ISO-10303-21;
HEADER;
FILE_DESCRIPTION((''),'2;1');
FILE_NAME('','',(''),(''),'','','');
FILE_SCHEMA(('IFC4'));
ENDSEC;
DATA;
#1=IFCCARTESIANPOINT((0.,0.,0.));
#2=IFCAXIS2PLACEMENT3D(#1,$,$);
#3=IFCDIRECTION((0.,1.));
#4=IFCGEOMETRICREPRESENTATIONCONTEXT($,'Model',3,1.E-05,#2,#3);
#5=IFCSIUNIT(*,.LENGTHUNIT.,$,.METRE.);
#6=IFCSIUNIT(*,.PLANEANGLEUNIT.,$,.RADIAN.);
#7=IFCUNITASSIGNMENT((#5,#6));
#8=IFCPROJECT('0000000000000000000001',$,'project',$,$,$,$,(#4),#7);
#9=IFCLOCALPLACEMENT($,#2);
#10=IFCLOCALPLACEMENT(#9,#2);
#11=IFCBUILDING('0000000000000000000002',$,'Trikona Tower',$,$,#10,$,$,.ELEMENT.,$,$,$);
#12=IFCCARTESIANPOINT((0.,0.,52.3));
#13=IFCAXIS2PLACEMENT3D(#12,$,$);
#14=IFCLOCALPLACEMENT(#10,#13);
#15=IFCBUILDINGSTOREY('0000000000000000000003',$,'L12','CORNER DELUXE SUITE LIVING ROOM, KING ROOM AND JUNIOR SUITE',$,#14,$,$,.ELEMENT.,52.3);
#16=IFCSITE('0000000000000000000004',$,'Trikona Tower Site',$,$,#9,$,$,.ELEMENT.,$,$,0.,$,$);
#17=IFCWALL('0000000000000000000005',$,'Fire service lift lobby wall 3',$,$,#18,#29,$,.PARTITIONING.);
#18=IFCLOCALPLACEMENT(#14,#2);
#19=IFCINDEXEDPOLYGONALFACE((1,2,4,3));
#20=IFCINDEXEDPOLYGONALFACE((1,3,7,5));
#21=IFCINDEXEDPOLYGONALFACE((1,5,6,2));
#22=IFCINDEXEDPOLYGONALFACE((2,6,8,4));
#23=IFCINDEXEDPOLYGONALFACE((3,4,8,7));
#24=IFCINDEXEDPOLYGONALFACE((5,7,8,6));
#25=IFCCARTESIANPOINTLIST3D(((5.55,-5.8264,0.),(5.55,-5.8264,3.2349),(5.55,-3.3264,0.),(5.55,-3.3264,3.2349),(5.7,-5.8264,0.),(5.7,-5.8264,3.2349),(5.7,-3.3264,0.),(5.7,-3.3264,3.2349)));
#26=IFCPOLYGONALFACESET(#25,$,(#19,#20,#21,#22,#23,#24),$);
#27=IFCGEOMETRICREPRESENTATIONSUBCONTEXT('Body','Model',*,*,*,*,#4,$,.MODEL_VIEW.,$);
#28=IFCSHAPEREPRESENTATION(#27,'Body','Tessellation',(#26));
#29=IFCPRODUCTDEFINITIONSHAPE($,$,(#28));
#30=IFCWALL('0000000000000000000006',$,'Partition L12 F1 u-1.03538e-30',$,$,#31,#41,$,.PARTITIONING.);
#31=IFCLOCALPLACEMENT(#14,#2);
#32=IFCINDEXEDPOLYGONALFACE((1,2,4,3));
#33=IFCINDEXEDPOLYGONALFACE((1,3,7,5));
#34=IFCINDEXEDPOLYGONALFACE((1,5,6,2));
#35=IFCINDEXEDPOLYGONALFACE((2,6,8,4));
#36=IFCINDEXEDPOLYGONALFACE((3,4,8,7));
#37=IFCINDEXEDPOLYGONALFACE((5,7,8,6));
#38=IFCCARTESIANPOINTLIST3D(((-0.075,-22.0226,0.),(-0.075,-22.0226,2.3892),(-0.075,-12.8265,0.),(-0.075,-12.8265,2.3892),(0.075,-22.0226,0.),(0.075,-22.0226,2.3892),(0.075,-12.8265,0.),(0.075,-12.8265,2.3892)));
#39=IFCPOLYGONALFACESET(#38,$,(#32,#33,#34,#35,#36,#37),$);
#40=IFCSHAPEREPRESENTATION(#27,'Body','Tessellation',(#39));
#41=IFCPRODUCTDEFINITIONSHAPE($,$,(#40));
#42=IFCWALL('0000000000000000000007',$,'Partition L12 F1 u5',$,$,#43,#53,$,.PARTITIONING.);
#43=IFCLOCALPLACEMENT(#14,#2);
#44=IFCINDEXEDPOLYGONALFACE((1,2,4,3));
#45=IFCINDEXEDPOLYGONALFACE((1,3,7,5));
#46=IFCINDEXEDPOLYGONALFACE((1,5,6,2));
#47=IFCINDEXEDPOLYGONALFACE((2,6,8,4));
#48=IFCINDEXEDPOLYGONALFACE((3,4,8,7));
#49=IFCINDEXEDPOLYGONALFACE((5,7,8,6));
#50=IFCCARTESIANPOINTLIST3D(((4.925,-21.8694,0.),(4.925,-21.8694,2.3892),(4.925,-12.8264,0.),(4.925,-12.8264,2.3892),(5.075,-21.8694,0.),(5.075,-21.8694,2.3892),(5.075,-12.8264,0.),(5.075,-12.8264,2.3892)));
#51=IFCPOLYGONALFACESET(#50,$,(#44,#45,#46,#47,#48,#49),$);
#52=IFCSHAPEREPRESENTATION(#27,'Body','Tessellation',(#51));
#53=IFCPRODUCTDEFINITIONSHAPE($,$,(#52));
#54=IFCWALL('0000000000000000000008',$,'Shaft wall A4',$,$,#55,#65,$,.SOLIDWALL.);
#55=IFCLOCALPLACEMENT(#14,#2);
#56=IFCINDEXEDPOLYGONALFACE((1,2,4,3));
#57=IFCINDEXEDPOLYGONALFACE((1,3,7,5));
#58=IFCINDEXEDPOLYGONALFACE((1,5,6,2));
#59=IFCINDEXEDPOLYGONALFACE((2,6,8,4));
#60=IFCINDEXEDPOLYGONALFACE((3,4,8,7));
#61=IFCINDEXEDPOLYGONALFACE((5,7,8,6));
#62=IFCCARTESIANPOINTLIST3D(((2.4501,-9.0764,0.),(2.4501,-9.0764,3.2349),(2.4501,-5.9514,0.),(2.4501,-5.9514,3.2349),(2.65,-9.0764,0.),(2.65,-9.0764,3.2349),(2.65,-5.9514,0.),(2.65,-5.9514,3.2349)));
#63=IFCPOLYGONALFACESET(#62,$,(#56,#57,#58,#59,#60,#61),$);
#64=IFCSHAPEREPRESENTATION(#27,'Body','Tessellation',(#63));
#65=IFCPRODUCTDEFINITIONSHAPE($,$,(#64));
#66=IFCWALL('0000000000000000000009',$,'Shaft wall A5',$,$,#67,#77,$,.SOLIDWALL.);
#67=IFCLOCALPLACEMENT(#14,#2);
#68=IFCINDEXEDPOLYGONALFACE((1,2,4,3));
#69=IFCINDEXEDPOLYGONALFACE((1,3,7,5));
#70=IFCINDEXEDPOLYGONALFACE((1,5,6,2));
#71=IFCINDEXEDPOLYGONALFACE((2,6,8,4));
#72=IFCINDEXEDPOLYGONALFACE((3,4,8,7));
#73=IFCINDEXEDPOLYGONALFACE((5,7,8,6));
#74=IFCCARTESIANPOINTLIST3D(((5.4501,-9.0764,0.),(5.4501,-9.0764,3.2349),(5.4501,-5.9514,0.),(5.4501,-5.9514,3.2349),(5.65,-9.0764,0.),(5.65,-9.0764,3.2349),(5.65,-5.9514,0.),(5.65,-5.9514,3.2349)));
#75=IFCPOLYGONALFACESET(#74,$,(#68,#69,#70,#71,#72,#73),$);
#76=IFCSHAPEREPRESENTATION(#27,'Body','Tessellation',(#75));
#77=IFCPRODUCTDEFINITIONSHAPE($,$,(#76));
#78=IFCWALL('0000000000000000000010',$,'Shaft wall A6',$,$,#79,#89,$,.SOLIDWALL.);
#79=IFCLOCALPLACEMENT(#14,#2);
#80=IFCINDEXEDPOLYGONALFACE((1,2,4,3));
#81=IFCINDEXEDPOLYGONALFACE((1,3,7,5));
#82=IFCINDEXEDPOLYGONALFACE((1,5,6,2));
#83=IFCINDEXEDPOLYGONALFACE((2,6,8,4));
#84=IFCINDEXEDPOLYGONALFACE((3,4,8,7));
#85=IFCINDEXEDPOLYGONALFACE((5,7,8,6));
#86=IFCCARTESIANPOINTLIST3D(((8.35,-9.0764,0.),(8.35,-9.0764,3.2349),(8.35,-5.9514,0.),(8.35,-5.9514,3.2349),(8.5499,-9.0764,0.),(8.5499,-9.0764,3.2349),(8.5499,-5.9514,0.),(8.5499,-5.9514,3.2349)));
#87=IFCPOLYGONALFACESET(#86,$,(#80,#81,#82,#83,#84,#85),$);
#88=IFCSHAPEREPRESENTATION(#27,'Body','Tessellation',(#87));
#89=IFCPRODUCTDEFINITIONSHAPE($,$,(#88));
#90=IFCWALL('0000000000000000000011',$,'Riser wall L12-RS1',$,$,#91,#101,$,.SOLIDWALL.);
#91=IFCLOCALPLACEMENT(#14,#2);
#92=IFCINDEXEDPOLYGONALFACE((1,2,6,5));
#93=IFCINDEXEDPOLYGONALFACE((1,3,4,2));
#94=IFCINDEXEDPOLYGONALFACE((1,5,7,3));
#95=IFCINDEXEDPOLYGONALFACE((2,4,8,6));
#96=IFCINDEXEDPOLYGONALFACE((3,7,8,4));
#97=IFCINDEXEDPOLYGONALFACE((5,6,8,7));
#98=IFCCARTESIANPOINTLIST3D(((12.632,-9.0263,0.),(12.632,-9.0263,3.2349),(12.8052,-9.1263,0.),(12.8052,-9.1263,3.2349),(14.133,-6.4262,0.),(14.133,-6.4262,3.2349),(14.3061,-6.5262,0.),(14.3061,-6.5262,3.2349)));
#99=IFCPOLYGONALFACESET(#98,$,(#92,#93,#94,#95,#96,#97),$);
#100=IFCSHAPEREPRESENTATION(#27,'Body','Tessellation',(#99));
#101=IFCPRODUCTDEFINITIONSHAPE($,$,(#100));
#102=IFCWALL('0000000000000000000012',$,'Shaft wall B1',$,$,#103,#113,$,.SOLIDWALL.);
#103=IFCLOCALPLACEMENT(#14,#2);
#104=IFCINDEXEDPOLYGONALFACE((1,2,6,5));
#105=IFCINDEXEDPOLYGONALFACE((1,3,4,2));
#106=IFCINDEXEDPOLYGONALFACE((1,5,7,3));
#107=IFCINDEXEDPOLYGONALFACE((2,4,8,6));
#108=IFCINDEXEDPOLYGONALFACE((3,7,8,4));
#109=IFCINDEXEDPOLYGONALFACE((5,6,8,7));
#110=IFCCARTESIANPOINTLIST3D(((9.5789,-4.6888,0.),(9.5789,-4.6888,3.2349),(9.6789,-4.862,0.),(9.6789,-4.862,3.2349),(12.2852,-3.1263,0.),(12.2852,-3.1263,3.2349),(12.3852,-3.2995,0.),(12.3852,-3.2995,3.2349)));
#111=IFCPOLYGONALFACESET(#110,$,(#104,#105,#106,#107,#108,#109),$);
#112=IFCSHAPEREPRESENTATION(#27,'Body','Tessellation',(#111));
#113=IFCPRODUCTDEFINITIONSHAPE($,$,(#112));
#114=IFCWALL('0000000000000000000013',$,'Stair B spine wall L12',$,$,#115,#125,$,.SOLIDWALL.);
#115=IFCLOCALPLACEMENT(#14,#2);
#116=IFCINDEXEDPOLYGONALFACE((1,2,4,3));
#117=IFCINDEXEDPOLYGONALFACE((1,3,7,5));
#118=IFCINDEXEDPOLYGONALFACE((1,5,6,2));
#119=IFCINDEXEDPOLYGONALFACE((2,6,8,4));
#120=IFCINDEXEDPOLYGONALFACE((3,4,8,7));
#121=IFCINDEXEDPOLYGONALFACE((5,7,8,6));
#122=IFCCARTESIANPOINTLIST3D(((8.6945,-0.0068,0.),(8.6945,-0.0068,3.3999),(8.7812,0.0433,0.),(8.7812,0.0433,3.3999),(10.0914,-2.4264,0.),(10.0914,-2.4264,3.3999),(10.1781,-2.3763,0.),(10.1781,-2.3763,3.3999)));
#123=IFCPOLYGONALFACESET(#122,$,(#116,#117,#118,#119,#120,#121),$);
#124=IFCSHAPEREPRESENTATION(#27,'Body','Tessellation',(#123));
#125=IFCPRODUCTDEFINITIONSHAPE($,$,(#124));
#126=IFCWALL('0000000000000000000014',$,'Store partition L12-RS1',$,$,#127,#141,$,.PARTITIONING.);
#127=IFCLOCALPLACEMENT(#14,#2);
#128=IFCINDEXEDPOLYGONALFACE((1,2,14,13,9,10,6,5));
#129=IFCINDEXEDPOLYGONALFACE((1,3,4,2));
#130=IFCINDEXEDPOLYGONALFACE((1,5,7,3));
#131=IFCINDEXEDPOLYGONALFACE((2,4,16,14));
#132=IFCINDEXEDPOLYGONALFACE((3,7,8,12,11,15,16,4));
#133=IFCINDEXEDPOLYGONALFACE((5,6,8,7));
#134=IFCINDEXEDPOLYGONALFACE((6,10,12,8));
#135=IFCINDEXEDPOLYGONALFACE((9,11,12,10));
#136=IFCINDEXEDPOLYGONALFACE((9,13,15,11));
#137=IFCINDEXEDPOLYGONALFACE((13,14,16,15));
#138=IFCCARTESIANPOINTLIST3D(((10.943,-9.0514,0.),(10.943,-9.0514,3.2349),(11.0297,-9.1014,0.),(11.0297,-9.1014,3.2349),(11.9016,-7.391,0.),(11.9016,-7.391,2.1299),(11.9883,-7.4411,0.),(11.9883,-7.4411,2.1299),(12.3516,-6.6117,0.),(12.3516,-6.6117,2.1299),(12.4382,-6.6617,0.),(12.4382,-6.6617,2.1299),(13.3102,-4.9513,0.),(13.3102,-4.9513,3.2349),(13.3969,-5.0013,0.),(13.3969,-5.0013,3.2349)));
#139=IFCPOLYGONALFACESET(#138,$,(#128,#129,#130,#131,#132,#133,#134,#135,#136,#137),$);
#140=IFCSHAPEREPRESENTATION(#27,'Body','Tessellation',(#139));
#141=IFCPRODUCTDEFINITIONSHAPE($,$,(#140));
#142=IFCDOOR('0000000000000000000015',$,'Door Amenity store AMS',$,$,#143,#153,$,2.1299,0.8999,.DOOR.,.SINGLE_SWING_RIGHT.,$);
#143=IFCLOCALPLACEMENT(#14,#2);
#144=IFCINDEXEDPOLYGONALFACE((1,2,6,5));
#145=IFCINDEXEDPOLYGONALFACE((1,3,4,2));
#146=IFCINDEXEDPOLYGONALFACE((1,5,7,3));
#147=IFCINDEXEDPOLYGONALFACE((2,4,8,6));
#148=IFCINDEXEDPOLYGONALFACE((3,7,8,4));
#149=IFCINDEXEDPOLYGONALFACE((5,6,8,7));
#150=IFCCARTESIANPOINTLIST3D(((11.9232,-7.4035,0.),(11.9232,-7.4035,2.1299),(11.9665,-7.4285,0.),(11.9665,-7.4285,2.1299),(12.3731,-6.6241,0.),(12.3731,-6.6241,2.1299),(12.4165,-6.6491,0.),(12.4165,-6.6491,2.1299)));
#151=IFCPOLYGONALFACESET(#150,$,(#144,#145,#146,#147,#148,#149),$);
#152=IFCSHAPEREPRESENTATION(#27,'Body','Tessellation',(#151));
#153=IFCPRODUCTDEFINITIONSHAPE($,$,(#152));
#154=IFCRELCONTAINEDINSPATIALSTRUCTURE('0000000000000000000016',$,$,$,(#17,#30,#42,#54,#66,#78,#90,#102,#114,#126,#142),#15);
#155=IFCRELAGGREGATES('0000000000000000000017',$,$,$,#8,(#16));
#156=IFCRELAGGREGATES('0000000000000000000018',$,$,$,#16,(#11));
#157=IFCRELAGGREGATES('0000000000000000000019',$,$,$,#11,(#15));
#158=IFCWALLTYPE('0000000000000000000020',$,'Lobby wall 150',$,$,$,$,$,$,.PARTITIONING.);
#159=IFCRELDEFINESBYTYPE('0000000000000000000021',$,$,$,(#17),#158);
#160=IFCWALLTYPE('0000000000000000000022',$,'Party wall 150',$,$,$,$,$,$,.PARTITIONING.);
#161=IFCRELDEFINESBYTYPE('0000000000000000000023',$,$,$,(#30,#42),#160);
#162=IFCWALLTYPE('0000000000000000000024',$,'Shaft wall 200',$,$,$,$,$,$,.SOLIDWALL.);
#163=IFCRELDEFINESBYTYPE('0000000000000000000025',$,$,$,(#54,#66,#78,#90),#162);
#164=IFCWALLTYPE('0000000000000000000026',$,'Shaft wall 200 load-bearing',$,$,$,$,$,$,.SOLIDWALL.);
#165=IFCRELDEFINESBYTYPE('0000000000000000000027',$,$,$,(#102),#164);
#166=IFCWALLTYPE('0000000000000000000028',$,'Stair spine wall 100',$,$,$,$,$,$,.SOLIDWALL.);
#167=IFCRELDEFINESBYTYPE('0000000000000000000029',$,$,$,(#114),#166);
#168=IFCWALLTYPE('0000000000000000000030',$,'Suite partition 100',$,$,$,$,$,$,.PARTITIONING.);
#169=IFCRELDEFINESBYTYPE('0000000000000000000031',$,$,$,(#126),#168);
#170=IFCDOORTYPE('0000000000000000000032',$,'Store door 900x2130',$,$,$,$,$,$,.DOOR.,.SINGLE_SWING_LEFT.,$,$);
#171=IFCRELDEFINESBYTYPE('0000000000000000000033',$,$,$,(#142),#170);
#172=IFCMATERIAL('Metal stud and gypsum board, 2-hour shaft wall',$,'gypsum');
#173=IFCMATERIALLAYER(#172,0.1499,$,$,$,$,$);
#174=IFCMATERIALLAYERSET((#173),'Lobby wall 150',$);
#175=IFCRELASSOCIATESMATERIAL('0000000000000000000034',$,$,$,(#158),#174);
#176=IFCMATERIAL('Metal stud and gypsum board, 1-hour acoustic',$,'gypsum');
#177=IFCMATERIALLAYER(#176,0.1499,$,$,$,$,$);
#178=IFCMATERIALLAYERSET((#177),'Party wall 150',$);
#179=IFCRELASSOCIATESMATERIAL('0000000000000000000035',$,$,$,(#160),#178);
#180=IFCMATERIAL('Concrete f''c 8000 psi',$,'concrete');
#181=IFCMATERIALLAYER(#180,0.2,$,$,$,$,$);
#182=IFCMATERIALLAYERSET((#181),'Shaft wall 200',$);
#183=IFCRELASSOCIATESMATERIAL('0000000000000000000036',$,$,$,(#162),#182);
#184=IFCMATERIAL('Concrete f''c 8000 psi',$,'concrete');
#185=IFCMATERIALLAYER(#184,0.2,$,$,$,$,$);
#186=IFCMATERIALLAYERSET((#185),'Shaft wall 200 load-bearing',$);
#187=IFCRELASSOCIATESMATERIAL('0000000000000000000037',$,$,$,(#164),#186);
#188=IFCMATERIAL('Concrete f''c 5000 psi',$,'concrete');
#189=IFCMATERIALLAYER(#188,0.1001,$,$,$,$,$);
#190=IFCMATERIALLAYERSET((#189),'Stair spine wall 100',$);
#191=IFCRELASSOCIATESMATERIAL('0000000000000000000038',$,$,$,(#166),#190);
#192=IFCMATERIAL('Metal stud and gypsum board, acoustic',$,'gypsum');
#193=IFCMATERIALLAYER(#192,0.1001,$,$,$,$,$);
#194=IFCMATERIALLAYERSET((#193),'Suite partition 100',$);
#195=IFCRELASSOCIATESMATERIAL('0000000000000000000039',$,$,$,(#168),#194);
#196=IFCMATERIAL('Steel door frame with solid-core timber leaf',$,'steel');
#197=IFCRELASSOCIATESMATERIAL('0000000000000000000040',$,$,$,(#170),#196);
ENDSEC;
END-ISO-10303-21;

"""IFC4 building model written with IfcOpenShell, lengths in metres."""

from ifc_helpers import new_model, si_unit, direction, frame, frame_2d, origin, place, context, subcontext, project, spatial, rectangle, extrude, material, layer, layer_set, type_object, element, fill, save


model = new_model("IFC4")

# Units and contexts
model_context = context("Model", 3, precision=1e-05, world=origin(), true_north=direction((0.0, 1.0)))
body_context = subcontext(model_context, "Body", "Model", "MODEL_VIEW")
ifc_project = project(units=[si_unit("LENGTHUNIT", "METRE"), si_unit("PLANEANGLEUNIT", "RADIAN")], contexts=[model_context])

# Site, building, storey
site_placement = place(None, origin())
site = spatial("IfcSite", under=ifc_project, at=site_placement, Name="Trikona Tower Site", CompositionType="ELEMENT", RefElevation=0.0)
building_placement = place(site_placement, origin())
building = spatial("IfcBuilding", under=site, at=building_placement, Name="Trikona Tower", CompositionType="ELEMENT")
storey_placement = place(building_placement, frame((0.0, 0.0, 52.3)))
storey = spatial("IfcBuildingStorey", under=building, at=storey_placement, Name="L12", Description="CORNER DELUXE SUITE LIVING ROOM, KING ROOM AND JUNIOR SUITE", CompositionType="ELEMENT", Elevation=52.3)

# Walls
ifc_material_1 = material(Name="Metal stud and gypsum board, 2-hour shaft wall", Category="gypsum")
ifc_layer_1 = layer(ifc_material_1, 0.1499)
ifc_layer_set_1 = layer_set([ifc_layer_1], Name="Lobby wall 150")
wall_type_1 = type_object("IfcWallType", Name="Lobby wall 150", PredefinedType="PARTITIONING", material=ifc_layer_set_1)
wall_1_placement = place(storey_placement, frame((5.625, -5.8264, 0.0), z_axis=(0.0, 0.0, 1.0), x_axis=(0.0, 1.0, 0.0)))
element("IfcWall", 1, at=wall_1_placement, inside=storey, type_object=wall_type_1, Name="Fire service lift lobby wall 3", PredefinedType="PARTITIONING", context=body_context, shape_type="SweptSolid", body=[
    extrude(rectangle(XDim=2.5, YDim=0.1499, at=frame_2d((1.25, 0.0))), origin(), (0.0, 0.0, 1.0), 3.2349),
])
ifc_material_2 = material(Name="Metal stud and gypsum board, 1-hour acoustic", Category="gypsum")
ifc_layer_2 = layer(ifc_material_2, 0.1499)
ifc_layer_set_2 = layer_set([ifc_layer_2], Name="Party wall 150")
wall_type_2 = type_object("IfcWallType", Name="Party wall 150", PredefinedType="PARTITIONING", material=ifc_layer_set_2)
wall_2_placement = place(storey_placement, frame((0.0, -12.8264, 0.0), z_axis=(0.0, 0.0, 1.0), x_axis=(0.0, -1.0, 0.0)))
element("IfcWall", 2, at=wall_2_placement, inside=storey, type_object=wall_type_2, Name="Partition L12 F1 u-1.03538e-30", PredefinedType="PARTITIONING", context=body_context, shape_type="SweptSolid", body=[
    extrude(rectangle(XDim=9.196, YDim=0.1499, at=frame_2d((4.5981, 0.0))), origin(), (0.0, 0.0, 1.0), 2.3892),
])
wall_3_placement = place(storey_placement, frame((5.0, -12.8264, 0.0), z_axis=(0.0, 0.0, 1.0), x_axis=(0.0, -1.0, 0.0)))
element("IfcWall", 3, at=wall_3_placement, inside=storey, type_object=wall_type_2, Name="Partition L12 F1 u5", PredefinedType="PARTITIONING", context=body_context, shape_type="SweptSolid", body=[
    extrude(rectangle(XDim=9.043, YDim=0.1499, at=frame_2d((4.5215, 0.0))), origin(), (0.0, 0.0, 1.0), 2.3892),
])
ifc_material_3 = material(Name="Concrete f'c 8000 psi", Category="concrete")
ifc_layer_3 = layer(ifc_material_3, 0.2)
ifc_layer_set_3 = layer_set([ifc_layer_3], Name="Shaft wall 200")
wall_type_3 = type_object("IfcWallType", Name="Shaft wall 200", PredefinedType="SOLIDWALL", material=ifc_layer_set_3)
for number, where, z_axis, x_axis, name in (
    (4, (2.55, -5.9514, 0.0), (0.0, 0.0, 1.0), (0.0, -1.0, 0.0), "Shaft wall A4"),
    (5, (5.55, -5.9514, 0.0), (0.0, 0.0, 1.0), (0.0, -1.0, 0.0), "Shaft wall A5"),
    (6, (8.45, -5.9514, 0.0), (0.0, 0.0, 1.0), (0.0, -1.0, 0.0), "Shaft wall A6"),
):
    element("IfcWall", number, at=place(storey_placement, frame(where, z_axis=z_axis, x_axis=x_axis)), inside=storey, type_object=wall_type_3, Name=name, PredefinedType="SOLIDWALL", context=body_context, shape_type="SweptSolid", body=[
        extrude(rectangle(XDim=3.125, YDim=0.2, at=frame_2d((1.5625, 0.0))), origin(), (0.0, 0.0, 1.0), 3.2349),
    ])
wall_4_placement = place(storey_placement, frame((14.2195, -6.4763, 0.0), z_axis=(0.0, 0.0, 1.0), x_axis=(-0.499952, -0.866053, 0.0)))
element("IfcWall", 7, at=wall_4_placement, inside=storey, type_object=wall_type_3, Name="Riser wall L12-RS1", PredefinedType="SOLIDWALL", context=body_context, shape_type="SweptSolid", body=[
    extrude(rectangle(XDim=3.0022, YDim=0.2, at=frame_2d((1.501, 0.0))), origin(), (0.0, 0.0, 1.0), 3.2349),
])
ifc_material_4 = material(Name="Concrete f'c 8000 psi", Category="concrete")
ifc_layer_4 = layer(ifc_material_4, 0.2)
ifc_layer_set_4 = layer_set([ifc_layer_4], Name="Shaft wall 200 load-bearing")
wall_type_4 = type_object("IfcWallType", Name="Shaft wall 200 load-bearing", PredefinedType="SOLIDWALL", material=ifc_layer_set_4)
wall_5_placement = place(storey_placement, frame((9.6289, -4.7754, 0.0), z_axis=(0.0, 0.0, 1.0), x_axis=(0.866023, 0.500004, 0.0)))
element("IfcWall", 8, at=wall_5_placement, inside=storey, type_object=wall_type_4, Name="Shaft wall B1", PredefinedType="SOLIDWALL", context=body_context, shape_type="SweptSolid", body=[
    extrude(rectangle(XDim=3.125, YDim=0.2, at=frame_2d((1.5625, 0.0))), origin(), (0.0, 0.0, 1.0), 3.2349),
])
ifc_material_5 = material(Name="Concrete f'c 5000 psi", Category="concrete")
ifc_layer_5 = layer(ifc_material_5, 0.1001)
ifc_layer_set_5 = layer_set([ifc_layer_5], Name="Stair spine wall 100")
wall_type_5 = type_object("IfcWallType", Name="Stair spine wall 100", PredefinedType="SOLIDWALL", material=ifc_layer_set_5)
wall_6_placement = place(storey_placement, frame((10.1348, -2.4014, 0.0), z_axis=(0.0, 0.0, 1.0), x_axis=(-0.499992, 0.86603, 0.0)))
element("IfcWall", 9, at=wall_6_placement, inside=storey, type_object=wall_type_5, Name="Stair B spine wall L12", PredefinedType="SOLIDWALL", context=body_context, shape_type="SweptSolid", body=[
    extrude(rectangle(XDim=2.7939, YDim=0.1001, at=frame_2d((1.397, 0.0))), origin(), (0.0, 0.0, 1.0), 3.3999),
])

# Wall, opening, door
ifc_material_6 = material(Name="Metal stud and gypsum board, acoustic", Category="gypsum")
ifc_layer_6 = layer(ifc_material_6, 0.1001)
ifc_layer_set_6 = layer_set([ifc_layer_6], Name="Suite partition 100")
wall_type_6 = type_object("IfcWallType", Name="Suite partition 100", PredefinedType="PARTITIONING", material=ifc_layer_set_6)
wall_7_placement = place(storey_placement, frame((13.3535, -4.9763, 0.0), z_axis=(0.0, 0.0, 1.0), x_axis=(-0.499999, -0.866026, 0.0)))
wall_7 = element("IfcWall", 10, at=wall_7_placement, inside=storey, type_object=wall_type_6, Name="Store partition L12-RS1", PredefinedType="PARTITIONING", context=body_context, shape_type="SweptSolid", body=[
    extrude(rectangle(XDim=4.7344, YDim=0.1001, at=frame_2d((2.3672, 0.0))), origin(), (0.0, 0.0, 1.0), 3.2349),
])
opening_1_placement = place(wall_7_placement, frame((1.9172, 0.0, 0.0)))
opening_1 = element("IfcOpeningElement", 11, at=opening_1_placement, cuts=wall_7, PredefinedType="OPENING", context=body_context, shape_type="SweptSolid", body=[
    extrude(rectangle(XDim=0.8999, YDim=2.1299, at=frame_2d((0.45, 1.0649))), frame((0.0, 0.0601, 0.0), z_axis=(0.0, -1.0, 0.0), x_axis=(1.0, 0.0, 0.0)), (0.0, 0.0, 1.0), 0.1201),
])
ifc_material_7 = material(Name="Steel door frame with solid-core timber leaf", Category="steel")
door_type_1 = type_object("IfcDoorType", Name="Store door 900x2130", OperationType="SINGLE_SWING_LEFT", PredefinedType="DOOR", material=ifc_material_7)
door_1_placement = place(opening_1_placement, origin())
door_1 = element("IfcDoor", 12, at=door_1_placement, inside=storey, type_object=door_type_1, Name="Door Amenity store AMS", OperationType="SINGLE_SWING_RIGHT", OverallHeight=2.1299, OverallWidth=0.8999, PredefinedType="DOOR", context=body_context, shape_type="SweptSolid", body=[
    extrude(rectangle(XDim=0.8999, YDim=2.1299, at=frame_2d((0.45, 1.0649))), frame((0.0, 0.0249, 0.0), z_axis=(0.0, -1.0, 0.0), x_axis=(1.0, 0.0, 0.0)), (0.0, 0.0, 1.0), 0.05),
])
fill(opening_1, door_1)

save(model, "model.ifc")
